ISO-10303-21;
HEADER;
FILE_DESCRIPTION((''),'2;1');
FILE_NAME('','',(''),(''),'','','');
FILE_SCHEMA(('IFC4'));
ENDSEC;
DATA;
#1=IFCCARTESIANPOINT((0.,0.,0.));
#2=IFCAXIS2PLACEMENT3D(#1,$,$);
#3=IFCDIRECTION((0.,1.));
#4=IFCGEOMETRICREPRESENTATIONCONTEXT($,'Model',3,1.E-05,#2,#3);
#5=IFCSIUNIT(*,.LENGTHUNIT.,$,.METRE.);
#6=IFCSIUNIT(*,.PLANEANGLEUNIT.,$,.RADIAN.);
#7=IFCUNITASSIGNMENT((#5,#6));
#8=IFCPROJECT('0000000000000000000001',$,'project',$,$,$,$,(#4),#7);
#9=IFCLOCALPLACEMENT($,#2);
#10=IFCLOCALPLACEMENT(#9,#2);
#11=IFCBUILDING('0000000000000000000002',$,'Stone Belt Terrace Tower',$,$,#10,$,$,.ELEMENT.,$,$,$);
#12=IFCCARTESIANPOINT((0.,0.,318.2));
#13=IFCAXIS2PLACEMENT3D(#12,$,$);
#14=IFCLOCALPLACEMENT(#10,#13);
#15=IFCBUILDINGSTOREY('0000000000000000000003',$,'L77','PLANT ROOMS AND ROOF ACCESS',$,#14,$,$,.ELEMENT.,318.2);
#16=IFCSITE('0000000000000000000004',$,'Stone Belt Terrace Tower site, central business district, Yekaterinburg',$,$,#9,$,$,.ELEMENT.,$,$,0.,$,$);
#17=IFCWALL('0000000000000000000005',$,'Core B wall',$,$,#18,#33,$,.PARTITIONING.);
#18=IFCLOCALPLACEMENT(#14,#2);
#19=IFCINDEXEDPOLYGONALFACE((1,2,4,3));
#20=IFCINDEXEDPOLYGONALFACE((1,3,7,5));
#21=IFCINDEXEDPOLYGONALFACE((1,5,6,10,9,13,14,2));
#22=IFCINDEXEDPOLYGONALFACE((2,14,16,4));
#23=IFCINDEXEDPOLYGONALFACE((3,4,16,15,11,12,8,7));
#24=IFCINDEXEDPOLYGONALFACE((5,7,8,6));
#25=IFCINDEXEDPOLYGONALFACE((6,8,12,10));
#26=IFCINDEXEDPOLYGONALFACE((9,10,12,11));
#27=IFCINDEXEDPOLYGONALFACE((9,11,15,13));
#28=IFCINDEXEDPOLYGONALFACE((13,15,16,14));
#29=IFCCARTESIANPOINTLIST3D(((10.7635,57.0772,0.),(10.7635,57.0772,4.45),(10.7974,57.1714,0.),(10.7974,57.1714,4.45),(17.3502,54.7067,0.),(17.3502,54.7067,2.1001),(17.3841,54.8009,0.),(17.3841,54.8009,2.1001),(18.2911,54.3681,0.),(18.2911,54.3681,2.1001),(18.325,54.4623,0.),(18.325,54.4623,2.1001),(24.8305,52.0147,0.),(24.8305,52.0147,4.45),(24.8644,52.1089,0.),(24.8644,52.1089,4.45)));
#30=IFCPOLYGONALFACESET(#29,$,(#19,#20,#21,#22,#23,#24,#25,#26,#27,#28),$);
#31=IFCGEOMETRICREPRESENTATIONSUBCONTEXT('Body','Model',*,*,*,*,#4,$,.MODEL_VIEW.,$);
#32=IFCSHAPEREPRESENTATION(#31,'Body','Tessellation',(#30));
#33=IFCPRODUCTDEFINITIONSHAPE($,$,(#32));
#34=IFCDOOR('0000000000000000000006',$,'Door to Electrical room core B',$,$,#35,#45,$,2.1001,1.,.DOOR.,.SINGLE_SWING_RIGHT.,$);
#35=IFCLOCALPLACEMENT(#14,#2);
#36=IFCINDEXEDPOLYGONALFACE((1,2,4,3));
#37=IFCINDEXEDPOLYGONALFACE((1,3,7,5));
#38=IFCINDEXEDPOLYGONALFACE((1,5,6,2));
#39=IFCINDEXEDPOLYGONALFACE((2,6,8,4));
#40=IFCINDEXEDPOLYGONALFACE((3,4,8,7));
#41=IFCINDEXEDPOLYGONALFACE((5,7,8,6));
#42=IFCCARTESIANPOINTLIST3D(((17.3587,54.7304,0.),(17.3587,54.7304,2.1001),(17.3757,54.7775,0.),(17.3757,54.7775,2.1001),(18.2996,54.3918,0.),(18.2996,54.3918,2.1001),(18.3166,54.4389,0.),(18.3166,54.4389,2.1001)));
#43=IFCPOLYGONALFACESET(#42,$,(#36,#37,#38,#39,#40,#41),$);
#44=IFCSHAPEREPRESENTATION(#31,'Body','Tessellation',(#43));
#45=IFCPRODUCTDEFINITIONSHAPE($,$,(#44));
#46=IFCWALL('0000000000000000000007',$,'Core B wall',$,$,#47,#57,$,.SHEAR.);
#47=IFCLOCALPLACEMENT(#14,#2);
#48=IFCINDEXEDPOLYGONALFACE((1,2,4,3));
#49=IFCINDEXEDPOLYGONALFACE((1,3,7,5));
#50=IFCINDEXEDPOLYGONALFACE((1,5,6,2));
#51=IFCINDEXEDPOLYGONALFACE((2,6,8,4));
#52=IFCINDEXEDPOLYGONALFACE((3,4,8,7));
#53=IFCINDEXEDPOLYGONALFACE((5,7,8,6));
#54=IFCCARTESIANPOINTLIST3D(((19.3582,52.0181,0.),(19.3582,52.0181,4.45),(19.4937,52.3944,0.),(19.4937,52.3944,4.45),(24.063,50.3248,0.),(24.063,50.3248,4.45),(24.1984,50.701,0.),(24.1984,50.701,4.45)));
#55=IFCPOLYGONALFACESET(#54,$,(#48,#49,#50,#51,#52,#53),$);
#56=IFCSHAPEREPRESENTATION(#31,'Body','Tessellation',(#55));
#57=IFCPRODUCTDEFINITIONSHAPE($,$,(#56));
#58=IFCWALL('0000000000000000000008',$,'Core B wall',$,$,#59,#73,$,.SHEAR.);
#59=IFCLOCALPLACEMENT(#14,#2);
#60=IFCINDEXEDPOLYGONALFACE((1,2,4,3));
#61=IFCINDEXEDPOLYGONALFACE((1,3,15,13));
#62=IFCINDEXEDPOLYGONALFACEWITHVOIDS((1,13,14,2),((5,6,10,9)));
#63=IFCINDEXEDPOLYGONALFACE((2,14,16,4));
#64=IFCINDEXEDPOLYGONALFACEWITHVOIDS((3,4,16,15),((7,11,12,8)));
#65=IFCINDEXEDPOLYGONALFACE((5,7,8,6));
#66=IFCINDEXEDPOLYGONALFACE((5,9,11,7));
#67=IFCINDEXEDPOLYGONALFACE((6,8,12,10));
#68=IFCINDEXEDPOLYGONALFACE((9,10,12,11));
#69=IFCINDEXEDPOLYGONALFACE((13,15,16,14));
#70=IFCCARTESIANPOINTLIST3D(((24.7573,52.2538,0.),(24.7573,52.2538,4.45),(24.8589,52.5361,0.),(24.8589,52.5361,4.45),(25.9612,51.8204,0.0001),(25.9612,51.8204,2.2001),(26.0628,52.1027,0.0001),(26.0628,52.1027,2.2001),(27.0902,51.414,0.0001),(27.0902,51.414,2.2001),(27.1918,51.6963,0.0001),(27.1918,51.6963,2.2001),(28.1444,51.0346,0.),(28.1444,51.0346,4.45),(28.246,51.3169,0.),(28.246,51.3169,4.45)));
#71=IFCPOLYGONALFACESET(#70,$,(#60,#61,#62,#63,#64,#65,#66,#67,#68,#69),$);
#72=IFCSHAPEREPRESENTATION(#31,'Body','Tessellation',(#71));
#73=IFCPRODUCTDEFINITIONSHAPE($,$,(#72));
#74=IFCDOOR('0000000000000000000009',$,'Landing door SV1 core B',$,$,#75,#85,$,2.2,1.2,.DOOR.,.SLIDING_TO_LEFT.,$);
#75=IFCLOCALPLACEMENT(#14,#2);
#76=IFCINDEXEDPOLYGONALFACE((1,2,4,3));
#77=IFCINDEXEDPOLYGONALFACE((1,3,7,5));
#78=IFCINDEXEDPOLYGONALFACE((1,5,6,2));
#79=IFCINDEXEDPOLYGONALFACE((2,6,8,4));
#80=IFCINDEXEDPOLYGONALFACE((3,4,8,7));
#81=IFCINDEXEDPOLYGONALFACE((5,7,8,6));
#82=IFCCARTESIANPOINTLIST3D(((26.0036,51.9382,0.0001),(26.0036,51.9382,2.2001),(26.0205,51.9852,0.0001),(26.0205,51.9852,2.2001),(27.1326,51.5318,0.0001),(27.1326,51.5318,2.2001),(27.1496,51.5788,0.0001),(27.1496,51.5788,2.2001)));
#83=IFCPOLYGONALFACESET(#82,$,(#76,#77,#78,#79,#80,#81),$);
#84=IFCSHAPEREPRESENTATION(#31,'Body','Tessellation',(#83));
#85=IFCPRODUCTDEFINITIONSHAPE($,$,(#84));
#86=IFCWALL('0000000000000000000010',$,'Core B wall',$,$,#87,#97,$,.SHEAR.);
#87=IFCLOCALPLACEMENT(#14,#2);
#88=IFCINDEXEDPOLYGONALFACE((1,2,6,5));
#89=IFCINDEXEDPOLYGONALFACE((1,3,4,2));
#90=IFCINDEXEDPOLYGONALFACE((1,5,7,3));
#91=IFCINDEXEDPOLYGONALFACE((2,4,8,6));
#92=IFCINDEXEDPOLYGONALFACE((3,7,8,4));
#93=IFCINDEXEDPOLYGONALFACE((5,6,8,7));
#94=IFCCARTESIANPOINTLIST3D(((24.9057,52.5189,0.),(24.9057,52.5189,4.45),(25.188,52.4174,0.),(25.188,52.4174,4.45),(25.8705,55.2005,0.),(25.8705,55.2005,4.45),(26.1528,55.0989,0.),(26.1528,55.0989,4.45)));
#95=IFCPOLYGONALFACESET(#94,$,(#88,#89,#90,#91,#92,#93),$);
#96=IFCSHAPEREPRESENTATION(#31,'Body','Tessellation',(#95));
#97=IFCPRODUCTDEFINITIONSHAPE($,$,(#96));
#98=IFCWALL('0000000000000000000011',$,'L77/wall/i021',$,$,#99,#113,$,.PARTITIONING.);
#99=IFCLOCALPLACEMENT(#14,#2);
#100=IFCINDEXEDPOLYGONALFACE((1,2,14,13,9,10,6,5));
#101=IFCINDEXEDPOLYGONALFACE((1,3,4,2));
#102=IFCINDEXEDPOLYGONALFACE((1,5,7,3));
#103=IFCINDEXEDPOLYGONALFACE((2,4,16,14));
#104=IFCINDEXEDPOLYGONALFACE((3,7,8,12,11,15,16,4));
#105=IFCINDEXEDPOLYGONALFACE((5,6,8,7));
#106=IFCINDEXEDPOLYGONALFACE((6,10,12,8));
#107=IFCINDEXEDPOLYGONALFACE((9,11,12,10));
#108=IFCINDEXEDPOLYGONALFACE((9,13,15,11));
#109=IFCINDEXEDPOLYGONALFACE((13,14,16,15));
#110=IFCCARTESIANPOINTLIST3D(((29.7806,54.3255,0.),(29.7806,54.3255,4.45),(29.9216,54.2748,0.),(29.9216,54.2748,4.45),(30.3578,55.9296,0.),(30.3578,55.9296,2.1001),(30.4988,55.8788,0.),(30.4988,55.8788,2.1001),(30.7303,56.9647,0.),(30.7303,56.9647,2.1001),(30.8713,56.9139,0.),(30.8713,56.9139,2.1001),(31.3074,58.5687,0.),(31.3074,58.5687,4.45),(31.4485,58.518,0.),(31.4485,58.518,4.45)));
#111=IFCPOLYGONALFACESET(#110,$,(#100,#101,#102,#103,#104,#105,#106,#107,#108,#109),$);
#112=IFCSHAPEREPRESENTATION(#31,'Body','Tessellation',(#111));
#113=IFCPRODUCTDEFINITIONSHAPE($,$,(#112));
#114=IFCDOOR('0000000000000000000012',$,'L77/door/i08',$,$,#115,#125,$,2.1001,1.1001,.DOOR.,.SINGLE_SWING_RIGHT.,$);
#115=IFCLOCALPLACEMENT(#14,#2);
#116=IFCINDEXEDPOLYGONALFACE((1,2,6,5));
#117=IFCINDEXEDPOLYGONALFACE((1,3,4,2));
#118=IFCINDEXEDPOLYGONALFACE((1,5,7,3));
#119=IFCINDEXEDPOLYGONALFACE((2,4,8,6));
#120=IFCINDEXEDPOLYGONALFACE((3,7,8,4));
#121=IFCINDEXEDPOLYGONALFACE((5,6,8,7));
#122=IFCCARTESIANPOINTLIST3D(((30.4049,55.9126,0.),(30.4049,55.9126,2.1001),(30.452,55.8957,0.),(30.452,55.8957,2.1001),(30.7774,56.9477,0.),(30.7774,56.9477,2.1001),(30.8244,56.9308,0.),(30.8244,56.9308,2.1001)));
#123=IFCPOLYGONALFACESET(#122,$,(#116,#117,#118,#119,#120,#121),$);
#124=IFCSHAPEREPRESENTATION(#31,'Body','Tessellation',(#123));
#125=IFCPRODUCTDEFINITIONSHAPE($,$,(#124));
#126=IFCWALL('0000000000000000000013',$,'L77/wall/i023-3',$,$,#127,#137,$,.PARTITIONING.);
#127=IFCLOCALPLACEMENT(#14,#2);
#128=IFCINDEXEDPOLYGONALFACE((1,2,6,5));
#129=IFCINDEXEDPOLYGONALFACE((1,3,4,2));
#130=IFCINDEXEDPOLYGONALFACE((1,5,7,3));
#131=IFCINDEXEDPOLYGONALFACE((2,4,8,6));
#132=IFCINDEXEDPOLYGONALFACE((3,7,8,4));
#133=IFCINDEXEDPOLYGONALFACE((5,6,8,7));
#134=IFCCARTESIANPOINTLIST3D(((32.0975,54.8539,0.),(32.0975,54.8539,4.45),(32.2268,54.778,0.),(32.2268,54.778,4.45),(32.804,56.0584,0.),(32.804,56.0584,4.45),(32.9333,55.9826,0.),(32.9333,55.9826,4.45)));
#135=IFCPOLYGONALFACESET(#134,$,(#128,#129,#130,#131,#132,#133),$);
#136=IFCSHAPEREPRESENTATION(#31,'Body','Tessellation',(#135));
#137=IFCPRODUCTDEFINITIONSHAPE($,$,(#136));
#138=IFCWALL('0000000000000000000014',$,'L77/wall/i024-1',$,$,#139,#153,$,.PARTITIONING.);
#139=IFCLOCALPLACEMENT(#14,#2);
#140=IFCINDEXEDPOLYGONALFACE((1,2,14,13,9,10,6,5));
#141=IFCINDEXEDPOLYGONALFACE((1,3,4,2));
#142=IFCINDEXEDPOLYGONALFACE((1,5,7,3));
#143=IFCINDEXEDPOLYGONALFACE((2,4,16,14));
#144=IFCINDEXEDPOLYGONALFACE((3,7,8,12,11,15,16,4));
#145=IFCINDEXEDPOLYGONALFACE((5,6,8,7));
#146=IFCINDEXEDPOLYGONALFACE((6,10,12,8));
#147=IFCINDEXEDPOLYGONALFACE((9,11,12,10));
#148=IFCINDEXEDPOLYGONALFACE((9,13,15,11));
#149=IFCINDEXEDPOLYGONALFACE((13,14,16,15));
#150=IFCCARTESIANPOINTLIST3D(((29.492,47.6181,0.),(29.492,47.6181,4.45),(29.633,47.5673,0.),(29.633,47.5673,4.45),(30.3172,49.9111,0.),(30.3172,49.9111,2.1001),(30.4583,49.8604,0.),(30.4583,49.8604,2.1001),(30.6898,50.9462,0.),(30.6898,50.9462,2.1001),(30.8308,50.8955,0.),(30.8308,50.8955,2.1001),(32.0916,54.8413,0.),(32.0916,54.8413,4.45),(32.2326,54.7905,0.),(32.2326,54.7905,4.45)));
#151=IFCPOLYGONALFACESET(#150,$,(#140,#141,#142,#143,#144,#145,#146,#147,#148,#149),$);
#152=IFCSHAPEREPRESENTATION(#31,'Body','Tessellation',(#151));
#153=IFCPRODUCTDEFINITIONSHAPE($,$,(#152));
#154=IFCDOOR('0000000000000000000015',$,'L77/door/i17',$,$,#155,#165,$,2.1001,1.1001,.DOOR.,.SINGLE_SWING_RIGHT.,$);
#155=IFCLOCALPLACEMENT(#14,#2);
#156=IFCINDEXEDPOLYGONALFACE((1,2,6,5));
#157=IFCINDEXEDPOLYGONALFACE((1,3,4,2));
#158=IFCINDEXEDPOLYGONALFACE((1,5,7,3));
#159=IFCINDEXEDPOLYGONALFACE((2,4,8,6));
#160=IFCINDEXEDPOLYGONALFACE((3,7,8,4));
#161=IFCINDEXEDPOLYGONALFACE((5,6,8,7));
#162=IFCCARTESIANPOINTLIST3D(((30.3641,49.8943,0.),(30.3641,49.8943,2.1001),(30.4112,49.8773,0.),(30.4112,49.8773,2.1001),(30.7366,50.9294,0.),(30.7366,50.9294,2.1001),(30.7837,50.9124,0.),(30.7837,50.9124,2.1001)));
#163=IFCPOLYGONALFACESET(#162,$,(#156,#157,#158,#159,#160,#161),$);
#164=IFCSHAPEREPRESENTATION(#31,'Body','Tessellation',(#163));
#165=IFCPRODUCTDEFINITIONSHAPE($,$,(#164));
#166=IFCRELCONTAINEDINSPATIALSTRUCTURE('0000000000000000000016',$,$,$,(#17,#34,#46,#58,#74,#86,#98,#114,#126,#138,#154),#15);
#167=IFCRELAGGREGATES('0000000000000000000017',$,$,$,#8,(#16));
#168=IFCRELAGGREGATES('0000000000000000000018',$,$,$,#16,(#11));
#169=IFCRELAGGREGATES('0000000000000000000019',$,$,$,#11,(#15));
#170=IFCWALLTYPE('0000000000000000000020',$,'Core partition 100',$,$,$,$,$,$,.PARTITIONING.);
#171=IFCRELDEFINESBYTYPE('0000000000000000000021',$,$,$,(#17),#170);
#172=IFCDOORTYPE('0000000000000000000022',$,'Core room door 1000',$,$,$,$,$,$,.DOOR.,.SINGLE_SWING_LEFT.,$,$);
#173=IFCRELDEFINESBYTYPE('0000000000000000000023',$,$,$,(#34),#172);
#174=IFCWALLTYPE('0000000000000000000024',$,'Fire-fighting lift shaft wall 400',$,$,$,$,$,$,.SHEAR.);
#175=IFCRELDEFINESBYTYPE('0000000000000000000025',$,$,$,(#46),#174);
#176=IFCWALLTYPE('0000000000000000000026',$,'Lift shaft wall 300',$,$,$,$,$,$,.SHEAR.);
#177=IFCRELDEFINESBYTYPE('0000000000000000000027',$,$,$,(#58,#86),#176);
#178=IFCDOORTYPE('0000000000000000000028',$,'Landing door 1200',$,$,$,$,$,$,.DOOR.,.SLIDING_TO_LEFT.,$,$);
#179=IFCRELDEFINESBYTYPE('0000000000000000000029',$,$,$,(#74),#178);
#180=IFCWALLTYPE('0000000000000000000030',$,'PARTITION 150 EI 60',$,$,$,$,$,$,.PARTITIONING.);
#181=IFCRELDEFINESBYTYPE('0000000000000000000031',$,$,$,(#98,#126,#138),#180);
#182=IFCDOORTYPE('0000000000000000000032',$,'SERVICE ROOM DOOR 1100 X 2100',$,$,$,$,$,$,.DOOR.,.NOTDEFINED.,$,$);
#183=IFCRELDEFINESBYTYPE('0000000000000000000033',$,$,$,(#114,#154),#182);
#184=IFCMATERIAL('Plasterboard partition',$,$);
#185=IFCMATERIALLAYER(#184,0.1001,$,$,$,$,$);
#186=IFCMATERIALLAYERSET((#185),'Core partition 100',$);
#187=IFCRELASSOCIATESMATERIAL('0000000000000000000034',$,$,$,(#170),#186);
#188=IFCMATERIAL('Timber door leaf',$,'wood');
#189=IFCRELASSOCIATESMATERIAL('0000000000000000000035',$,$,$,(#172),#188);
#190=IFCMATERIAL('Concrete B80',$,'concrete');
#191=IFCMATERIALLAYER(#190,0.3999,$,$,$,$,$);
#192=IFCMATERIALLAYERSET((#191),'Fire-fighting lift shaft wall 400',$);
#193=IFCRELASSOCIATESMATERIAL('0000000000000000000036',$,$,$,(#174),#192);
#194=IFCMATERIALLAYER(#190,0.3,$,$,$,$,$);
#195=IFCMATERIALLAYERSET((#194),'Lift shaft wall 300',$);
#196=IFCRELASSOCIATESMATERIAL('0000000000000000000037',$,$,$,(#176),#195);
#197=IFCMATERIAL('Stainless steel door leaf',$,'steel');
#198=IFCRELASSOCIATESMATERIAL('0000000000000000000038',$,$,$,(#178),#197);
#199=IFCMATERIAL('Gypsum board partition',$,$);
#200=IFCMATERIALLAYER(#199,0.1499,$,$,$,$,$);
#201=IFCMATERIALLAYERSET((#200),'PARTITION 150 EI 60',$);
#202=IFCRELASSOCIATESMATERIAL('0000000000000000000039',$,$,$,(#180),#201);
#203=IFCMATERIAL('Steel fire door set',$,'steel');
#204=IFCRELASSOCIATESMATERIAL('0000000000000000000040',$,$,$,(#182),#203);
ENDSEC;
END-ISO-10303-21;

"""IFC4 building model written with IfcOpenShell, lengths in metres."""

from ifc_helpers import new_model, si_unit, direction, frame, frame_2d, origin, place, context, subcontext, project, spatial, rectangle, extrude, material, layer, layer_set, type_object, element, fill, save


model = new_model("IFC4")

# Units and contexts
model_context = context("Model", 3, precision=1e-05, world=origin(), true_north=direction((0.0, 1.0)))
body_context = subcontext(model_context, "Body", "Model", "MODEL_VIEW")
ifc_project = project(units=[si_unit("LENGTHUNIT", "METRE"), si_unit("PLANEANGLEUNIT", "RADIAN")], contexts=[model_context])

# Site, building, storey
site_placement = place(None, origin())
site = spatial("IfcSite", under=ifc_project, at=site_placement, Name="Stone Belt Terrace Tower site, central business district, Yekaterinburg", CompositionType="ELEMENT", RefElevation=0.0)
building_placement = place(site_placement, origin())
building = spatial("IfcBuilding", under=site, at=building_placement, Name="Stone Belt Terrace Tower", CompositionType="ELEMENT")
storey_placement = place(building_placement, frame((0.0, 0.0, 318.2)))
storey = spatial("IfcBuildingStorey", under=building, at=storey_placement, Name="L77", Description="PLANT ROOMS AND ROOF ACCESS", CompositionType="ELEMENT", Elevation=318.2)

# Shared definitions
ifc_material_1 = material(Name="Concrete B80", Category="concrete")

# Wall, opening, door
ifc_material_2 = material(Name="Plasterboard partition")
ifc_layer_1 = layer(ifc_material_2, 0.1001)
ifc_layer_set_1 = layer_set([ifc_layer_1], Name="Core partition 100")
wall_type_1 = type_object("IfcWallType", Name="Core partition 100", PredefinedType="PARTITIONING", material=ifc_layer_set_1)
ifc_material_3 = material(Name="Timber door leaf", Category="wood")
door_type_1 = type_object("IfcDoorType", Name="Core room door 1000", OperationType="SINGLE_SWING_LEFT", PredefinedType="DOOR", material=ifc_material_3)
wall_1_placement = place(storey_placement, frame((24.8474, 52.0618, 0.0), z_axis=(0.0, 0.0, 1.0), x_axis=(-0.940921, 0.338626, 0.0)))
wall_1 = element("IfcWall", 1, at=wall_1_placement, inside=storey, type_object=wall_type_1, Name="Core B wall", PredefinedType="PARTITIONING", context=body_context, shape_type="SweptSolid", body=[
    extrude(rectangle(XDim=14.9502, YDim=0.1001, at=frame_2d((7.4751, 0.0))), origin(), (0.0, 0.0, 1.0), 4.45),
])
opening_1_placement = place(wall_1_placement, frame((6.95, 0.0, 0.0)))
opening_1 = element("IfcOpeningElement", 2, at=opening_1_placement, cuts=wall_1, PredefinedType="OPENING", context=body_context, shape_type="SweptSolid", body=[
    extrude(rectangle(XDim=1.0, YDim=2.1001, at=frame_2d((0.5, 1.05))), frame((0.0, 0.0601, 0.0), z_axis=(0.0, -1.0, 0.0), x_axis=(1.0, 0.0, 0.0)), (0.0, 0.0, 1.0), 0.1201),
])
door_1_placement = place(opening_1_placement, origin())
door_1 = element("IfcDoor", 3, at=door_1_placement, inside=storey, type_object=door_type_1, Name="Door to Electrical room core B", OperationType="SINGLE_SWING_RIGHT", OverallHeight=2.1001, OverallWidth=1.0, PredefinedType="DOOR", context=body_context, shape_type="SweptSolid", body=[
    extrude(rectangle(XDim=1.0, YDim=2.1001, at=frame_2d((0.5, 1.05))), frame((0.0, 0.0249, 0.0), z_axis=(0.0, -1.0, 0.0), x_axis=(1.0, 0.0, 0.0)), (0.0, 0.0, 1.0), 0.05),
])
fill(opening_1, door_1)

# Wall
ifc_layer_2 = layer(ifc_material_1, 0.3999)
ifc_layer_set_2 = layer_set([ifc_layer_2], Name="Fire-fighting lift shaft wall 400")
wall_type_2 = type_object("IfcWallType", Name="Fire-fighting lift shaft wall 400", PredefinedType="SHEAR", material=ifc_layer_set_2)
wall_2_placement = place(storey_placement, frame((24.1306, 50.5129, 0.0), z_axis=(0.0, 0.0, 1.0), x_axis=(-0.940912, 0.338652, 0.0)))
element("IfcWall", 4, at=wall_2_placement, inside=storey, type_object=wall_type_2, Name="Core B wall", PredefinedType="SHEAR", context=body_context, shape_type="SweptSolid", body=[
    extrude(rectangle(XDim=5.0002, YDim=0.3999, at=frame_2d((2.5, 0.0))), origin(), (0.0, 0.0, 1.0), 4.45),
])

# Wall, opening, door
ifc_layer_3 = layer(ifc_material_1, 0.3)
ifc_layer_set_3 = layer_set([ifc_layer_3], Name="Lift shaft wall 300")
wall_type_3 = type_object("IfcWallType", Name="Lift shaft wall 300", PredefinedType="SHEAR", material=ifc_layer_set_3)
wall_3_placement = place(storey_placement, frame((28.1951, 51.1758, 0.0), z_axis=(0.0, 0.0, 1.0), x_axis=(-0.940901, 0.338681, 0.0)))
wall_3 = element("IfcWall", 5, at=wall_3_placement, inside=storey, type_object=wall_type_3, Name="Core B wall", PredefinedType="SHEAR", context=body_context, shape_type="SweptSolid", body=[
    extrude(rectangle(XDim=3.5999, YDim=0.3, at=frame_2d((1.7998, 0.0))), origin(), (0.0, 0.0, 1.0), 4.45),
])
opening_2_placement = place(wall_3_placement, frame((1.1201, 0.0, 0.0)))
opening_2 = element("IfcOpeningElement", 6, at=opening_2_placement, cuts=wall_3, PredefinedType="OPENING", context=body_context, shape_type="SweptSolid", body=[
    extrude(rectangle(XDim=1.2, YDim=2.2, at=frame_2d((0.6001, 1.1001))), frame((0.0, 0.1599, 0.0), z_axis=(0.0, -1.0, 0.0), x_axis=(1.0, 0.0, 0.0)), (0.0, 0.0, 1.0), 0.3201),
])
ifc_material_4 = material(Name="Stainless steel door leaf", Category="steel")
door_type_2 = type_object("IfcDoorType", Name="Landing door 1200", OperationType="SLIDING_TO_LEFT", PredefinedType="DOOR", material=ifc_material_4)
door_2_placement = place(opening_2_placement, origin())
door_2 = element("IfcDoor", 7, at=door_2_placement, inside=storey, type_object=door_type_2, Name="Landing door SV1 core B", OperationType="SLIDING_TO_LEFT", OverallHeight=2.2, OverallWidth=1.2, PredefinedType="DOOR", context=body_context, shape_type="SweptSolid", body=[
    extrude(rectangle(XDim=1.2, YDim=2.2, at=frame_2d((0.6001, 1.1001))), frame((0.0, 0.0249, 0.0), z_axis=(0.0, -1.0, 0.0), x_axis=(1.0, 0.0, 0.0)), (0.0, 0.0, 1.0), 0.05),
])
fill(opening_2, door_2)

# Wall
wall_4_placement = place(storey_placement, frame((25.0469, 52.4683, 0.0), z_axis=(0.0, 0.0, 1.0), x_axis=(0.33855, 0.940949, 0.0)))
element("IfcWall", 8, at=wall_4_placement, inside=storey, type_object=wall_type_3, Name="Core B wall", PredefinedType="SHEAR", context=body_context, shape_type="SweptSolid", body=[
    extrude(rectangle(XDim=2.8499, YDim=0.3, at=frame_2d((1.4248, 0.0))), origin(), (0.0, 0.0, 1.0), 4.45),
])

# Wall, opening, door
ifc_material_5 = material(Name="Gypsum board partition")
ifc_layer_4 = layer(ifc_material_5, 0.1499)
ifc_layer_set_4 = layer_set([ifc_layer_4], Name="PARTITION 150 EI 60")
wall_type_4 = type_object("IfcWallType", Name="PARTITION 150 EI 60", PredefinedType="PARTITIONING", material=ifc_layer_set_4)
wall_5_placement = place(storey_placement, frame((29.8511, 54.3, 0.0), z_axis=(0.0, 0.0, 1.0), x_axis=(0.338585, 0.940936, 0.0)))
wall_5 = element("IfcWall", 9, at=wall_5_placement, inside=storey, type_object=wall_type_4, Name="L77/wall/i021", PredefinedType="PARTITIONING", context=body_context, shape_type="SweptSolid", body=[
    extrude(rectangle(XDim=4.5095, YDim=0.1499, at=frame_2d((2.2549, 0.0))), origin(), (0.0, 0.0, 1.0), 4.45),
])
opening_3_placement = place(wall_5_placement, frame((1.7048, 0.0, 0.0)))
opening_3 = element("IfcOpeningElement", 10, at=opening_3_placement, cuts=wall_5, PredefinedType="OPENING", context=body_context, shape_type="SweptSolid", body=[
    extrude(rectangle(XDim=1.1001, YDim=2.1001, at=frame_2d((0.55, 1.05))), frame((0.0, 0.085, 0.0), z_axis=(0.0, -1.0, 0.0), x_axis=(1.0, 0.0, 0.0)), (0.0, 0.0, 1.0), 0.1699),
])
ifc_material_6 = material(Name="Steel fire door set", Category="steel")
door_type_3 = type_object("IfcDoorType", Name="SERVICE ROOM DOOR 1100 X 2100", OperationType="NOTDEFINED", PredefinedType="DOOR", material=ifc_material_6)
door_3_placement = place(opening_3_placement, origin())
door_3 = element("IfcDoor", 11, at=door_3_placement, inside=storey, type_object=door_type_3, Name="L77/door/i08", OperationType="SINGLE_SWING_RIGHT", OverallHeight=2.1001, OverallWidth=1.1001, PredefinedType="DOOR", context=body_context, shape_type="SweptSolid", body=[
    extrude(rectangle(XDim=1.1001, YDim=2.1001, at=frame_2d((0.55, 1.05))), frame((0.0, 0.0249, 0.0), z_axis=(0.0, -1.0, 0.0), x_axis=(1.0, 0.0, 0.0)), (0.0, 0.0, 1.0), 0.05),
])
fill(opening_3, door_3)

# Wall
wall_6_placement = place(storey_placement, frame((32.8687, 56.0205, 0.0), z_axis=(0.0, 0.0, 1.0), x_axis=(-0.505935, -0.862572, 0.0)))
element("IfcWall", 12, at=wall_6_placement, inside=storey, type_object=wall_type_4, Name="L77/wall/i023-3", PredefinedType="PARTITIONING", context=body_context, shape_type="SweptSolid", body=[
    extrude(rectangle(XDim=1.3965, YDim=0.1499, at=frame_2d((0.6982, 0.0))), origin(), (0.0, 0.0, 1.0), 4.45),
])

# Wall, opening, door
wall_7_placement = place(storey_placement, frame((32.1621, 54.8159, 0.0), z_axis=(0.0, 0.0, 1.0), x_axis=(-0.338636, -0.940917, 0.0)))
wall_7 = element("IfcWall", 13, at=wall_7_placement, inside=storey, type_object=wall_type_4, Name="L77/wall/i024-1", PredefinedType="PARTITIONING", context=body_context, shape_type="SweptSolid", body=[
    extrude(rectangle(XDim=7.6768, YDim=0.1499, at=frame_2d((3.8384, 0.0))), origin(), (0.0, 0.0, 1.0), 4.45),
])
opening_4_placement = place(wall_7_placement, frame((4.1396, 0.0, 0.0)))
opening_4 = element("IfcOpeningElement", 14, at=opening_4_placement, cuts=wall_7, PredefinedType="OPENING", context=body_context, shape_type="SweptSolid", body=[
    extrude(rectangle(XDim=1.1001, YDim=2.1001, at=frame_2d((0.55, 1.05))), frame((0.0, 0.085, 0.0), z_axis=(0.0, -1.0, 0.0), x_axis=(1.0, 0.0, 0.0)), (0.0, 0.0, 1.0), 0.1699),
])
door_4_placement = place(opening_4_placement, origin())
door_4 = element("IfcDoor", 15, at=door_4_placement, inside=storey, type_object=door_type_3, Name="L77/door/i17", OperationType="SINGLE_SWING_RIGHT", OverallHeight=2.1001, OverallWidth=1.1001, PredefinedType="DOOR", context=body_context, shape_type="SweptSolid", body=[
    extrude(rectangle(XDim=1.1001, YDim=2.1001, at=frame_2d((0.55, 1.05))), frame((0.0, 0.0249, 0.0), z_axis=(0.0, -1.0, 0.0), x_axis=(1.0, 0.0, 0.0)), (0.0, 0.0, 1.0), 0.05),
])
fill(opening_4, door_4)

save(model, "model.ifc")
